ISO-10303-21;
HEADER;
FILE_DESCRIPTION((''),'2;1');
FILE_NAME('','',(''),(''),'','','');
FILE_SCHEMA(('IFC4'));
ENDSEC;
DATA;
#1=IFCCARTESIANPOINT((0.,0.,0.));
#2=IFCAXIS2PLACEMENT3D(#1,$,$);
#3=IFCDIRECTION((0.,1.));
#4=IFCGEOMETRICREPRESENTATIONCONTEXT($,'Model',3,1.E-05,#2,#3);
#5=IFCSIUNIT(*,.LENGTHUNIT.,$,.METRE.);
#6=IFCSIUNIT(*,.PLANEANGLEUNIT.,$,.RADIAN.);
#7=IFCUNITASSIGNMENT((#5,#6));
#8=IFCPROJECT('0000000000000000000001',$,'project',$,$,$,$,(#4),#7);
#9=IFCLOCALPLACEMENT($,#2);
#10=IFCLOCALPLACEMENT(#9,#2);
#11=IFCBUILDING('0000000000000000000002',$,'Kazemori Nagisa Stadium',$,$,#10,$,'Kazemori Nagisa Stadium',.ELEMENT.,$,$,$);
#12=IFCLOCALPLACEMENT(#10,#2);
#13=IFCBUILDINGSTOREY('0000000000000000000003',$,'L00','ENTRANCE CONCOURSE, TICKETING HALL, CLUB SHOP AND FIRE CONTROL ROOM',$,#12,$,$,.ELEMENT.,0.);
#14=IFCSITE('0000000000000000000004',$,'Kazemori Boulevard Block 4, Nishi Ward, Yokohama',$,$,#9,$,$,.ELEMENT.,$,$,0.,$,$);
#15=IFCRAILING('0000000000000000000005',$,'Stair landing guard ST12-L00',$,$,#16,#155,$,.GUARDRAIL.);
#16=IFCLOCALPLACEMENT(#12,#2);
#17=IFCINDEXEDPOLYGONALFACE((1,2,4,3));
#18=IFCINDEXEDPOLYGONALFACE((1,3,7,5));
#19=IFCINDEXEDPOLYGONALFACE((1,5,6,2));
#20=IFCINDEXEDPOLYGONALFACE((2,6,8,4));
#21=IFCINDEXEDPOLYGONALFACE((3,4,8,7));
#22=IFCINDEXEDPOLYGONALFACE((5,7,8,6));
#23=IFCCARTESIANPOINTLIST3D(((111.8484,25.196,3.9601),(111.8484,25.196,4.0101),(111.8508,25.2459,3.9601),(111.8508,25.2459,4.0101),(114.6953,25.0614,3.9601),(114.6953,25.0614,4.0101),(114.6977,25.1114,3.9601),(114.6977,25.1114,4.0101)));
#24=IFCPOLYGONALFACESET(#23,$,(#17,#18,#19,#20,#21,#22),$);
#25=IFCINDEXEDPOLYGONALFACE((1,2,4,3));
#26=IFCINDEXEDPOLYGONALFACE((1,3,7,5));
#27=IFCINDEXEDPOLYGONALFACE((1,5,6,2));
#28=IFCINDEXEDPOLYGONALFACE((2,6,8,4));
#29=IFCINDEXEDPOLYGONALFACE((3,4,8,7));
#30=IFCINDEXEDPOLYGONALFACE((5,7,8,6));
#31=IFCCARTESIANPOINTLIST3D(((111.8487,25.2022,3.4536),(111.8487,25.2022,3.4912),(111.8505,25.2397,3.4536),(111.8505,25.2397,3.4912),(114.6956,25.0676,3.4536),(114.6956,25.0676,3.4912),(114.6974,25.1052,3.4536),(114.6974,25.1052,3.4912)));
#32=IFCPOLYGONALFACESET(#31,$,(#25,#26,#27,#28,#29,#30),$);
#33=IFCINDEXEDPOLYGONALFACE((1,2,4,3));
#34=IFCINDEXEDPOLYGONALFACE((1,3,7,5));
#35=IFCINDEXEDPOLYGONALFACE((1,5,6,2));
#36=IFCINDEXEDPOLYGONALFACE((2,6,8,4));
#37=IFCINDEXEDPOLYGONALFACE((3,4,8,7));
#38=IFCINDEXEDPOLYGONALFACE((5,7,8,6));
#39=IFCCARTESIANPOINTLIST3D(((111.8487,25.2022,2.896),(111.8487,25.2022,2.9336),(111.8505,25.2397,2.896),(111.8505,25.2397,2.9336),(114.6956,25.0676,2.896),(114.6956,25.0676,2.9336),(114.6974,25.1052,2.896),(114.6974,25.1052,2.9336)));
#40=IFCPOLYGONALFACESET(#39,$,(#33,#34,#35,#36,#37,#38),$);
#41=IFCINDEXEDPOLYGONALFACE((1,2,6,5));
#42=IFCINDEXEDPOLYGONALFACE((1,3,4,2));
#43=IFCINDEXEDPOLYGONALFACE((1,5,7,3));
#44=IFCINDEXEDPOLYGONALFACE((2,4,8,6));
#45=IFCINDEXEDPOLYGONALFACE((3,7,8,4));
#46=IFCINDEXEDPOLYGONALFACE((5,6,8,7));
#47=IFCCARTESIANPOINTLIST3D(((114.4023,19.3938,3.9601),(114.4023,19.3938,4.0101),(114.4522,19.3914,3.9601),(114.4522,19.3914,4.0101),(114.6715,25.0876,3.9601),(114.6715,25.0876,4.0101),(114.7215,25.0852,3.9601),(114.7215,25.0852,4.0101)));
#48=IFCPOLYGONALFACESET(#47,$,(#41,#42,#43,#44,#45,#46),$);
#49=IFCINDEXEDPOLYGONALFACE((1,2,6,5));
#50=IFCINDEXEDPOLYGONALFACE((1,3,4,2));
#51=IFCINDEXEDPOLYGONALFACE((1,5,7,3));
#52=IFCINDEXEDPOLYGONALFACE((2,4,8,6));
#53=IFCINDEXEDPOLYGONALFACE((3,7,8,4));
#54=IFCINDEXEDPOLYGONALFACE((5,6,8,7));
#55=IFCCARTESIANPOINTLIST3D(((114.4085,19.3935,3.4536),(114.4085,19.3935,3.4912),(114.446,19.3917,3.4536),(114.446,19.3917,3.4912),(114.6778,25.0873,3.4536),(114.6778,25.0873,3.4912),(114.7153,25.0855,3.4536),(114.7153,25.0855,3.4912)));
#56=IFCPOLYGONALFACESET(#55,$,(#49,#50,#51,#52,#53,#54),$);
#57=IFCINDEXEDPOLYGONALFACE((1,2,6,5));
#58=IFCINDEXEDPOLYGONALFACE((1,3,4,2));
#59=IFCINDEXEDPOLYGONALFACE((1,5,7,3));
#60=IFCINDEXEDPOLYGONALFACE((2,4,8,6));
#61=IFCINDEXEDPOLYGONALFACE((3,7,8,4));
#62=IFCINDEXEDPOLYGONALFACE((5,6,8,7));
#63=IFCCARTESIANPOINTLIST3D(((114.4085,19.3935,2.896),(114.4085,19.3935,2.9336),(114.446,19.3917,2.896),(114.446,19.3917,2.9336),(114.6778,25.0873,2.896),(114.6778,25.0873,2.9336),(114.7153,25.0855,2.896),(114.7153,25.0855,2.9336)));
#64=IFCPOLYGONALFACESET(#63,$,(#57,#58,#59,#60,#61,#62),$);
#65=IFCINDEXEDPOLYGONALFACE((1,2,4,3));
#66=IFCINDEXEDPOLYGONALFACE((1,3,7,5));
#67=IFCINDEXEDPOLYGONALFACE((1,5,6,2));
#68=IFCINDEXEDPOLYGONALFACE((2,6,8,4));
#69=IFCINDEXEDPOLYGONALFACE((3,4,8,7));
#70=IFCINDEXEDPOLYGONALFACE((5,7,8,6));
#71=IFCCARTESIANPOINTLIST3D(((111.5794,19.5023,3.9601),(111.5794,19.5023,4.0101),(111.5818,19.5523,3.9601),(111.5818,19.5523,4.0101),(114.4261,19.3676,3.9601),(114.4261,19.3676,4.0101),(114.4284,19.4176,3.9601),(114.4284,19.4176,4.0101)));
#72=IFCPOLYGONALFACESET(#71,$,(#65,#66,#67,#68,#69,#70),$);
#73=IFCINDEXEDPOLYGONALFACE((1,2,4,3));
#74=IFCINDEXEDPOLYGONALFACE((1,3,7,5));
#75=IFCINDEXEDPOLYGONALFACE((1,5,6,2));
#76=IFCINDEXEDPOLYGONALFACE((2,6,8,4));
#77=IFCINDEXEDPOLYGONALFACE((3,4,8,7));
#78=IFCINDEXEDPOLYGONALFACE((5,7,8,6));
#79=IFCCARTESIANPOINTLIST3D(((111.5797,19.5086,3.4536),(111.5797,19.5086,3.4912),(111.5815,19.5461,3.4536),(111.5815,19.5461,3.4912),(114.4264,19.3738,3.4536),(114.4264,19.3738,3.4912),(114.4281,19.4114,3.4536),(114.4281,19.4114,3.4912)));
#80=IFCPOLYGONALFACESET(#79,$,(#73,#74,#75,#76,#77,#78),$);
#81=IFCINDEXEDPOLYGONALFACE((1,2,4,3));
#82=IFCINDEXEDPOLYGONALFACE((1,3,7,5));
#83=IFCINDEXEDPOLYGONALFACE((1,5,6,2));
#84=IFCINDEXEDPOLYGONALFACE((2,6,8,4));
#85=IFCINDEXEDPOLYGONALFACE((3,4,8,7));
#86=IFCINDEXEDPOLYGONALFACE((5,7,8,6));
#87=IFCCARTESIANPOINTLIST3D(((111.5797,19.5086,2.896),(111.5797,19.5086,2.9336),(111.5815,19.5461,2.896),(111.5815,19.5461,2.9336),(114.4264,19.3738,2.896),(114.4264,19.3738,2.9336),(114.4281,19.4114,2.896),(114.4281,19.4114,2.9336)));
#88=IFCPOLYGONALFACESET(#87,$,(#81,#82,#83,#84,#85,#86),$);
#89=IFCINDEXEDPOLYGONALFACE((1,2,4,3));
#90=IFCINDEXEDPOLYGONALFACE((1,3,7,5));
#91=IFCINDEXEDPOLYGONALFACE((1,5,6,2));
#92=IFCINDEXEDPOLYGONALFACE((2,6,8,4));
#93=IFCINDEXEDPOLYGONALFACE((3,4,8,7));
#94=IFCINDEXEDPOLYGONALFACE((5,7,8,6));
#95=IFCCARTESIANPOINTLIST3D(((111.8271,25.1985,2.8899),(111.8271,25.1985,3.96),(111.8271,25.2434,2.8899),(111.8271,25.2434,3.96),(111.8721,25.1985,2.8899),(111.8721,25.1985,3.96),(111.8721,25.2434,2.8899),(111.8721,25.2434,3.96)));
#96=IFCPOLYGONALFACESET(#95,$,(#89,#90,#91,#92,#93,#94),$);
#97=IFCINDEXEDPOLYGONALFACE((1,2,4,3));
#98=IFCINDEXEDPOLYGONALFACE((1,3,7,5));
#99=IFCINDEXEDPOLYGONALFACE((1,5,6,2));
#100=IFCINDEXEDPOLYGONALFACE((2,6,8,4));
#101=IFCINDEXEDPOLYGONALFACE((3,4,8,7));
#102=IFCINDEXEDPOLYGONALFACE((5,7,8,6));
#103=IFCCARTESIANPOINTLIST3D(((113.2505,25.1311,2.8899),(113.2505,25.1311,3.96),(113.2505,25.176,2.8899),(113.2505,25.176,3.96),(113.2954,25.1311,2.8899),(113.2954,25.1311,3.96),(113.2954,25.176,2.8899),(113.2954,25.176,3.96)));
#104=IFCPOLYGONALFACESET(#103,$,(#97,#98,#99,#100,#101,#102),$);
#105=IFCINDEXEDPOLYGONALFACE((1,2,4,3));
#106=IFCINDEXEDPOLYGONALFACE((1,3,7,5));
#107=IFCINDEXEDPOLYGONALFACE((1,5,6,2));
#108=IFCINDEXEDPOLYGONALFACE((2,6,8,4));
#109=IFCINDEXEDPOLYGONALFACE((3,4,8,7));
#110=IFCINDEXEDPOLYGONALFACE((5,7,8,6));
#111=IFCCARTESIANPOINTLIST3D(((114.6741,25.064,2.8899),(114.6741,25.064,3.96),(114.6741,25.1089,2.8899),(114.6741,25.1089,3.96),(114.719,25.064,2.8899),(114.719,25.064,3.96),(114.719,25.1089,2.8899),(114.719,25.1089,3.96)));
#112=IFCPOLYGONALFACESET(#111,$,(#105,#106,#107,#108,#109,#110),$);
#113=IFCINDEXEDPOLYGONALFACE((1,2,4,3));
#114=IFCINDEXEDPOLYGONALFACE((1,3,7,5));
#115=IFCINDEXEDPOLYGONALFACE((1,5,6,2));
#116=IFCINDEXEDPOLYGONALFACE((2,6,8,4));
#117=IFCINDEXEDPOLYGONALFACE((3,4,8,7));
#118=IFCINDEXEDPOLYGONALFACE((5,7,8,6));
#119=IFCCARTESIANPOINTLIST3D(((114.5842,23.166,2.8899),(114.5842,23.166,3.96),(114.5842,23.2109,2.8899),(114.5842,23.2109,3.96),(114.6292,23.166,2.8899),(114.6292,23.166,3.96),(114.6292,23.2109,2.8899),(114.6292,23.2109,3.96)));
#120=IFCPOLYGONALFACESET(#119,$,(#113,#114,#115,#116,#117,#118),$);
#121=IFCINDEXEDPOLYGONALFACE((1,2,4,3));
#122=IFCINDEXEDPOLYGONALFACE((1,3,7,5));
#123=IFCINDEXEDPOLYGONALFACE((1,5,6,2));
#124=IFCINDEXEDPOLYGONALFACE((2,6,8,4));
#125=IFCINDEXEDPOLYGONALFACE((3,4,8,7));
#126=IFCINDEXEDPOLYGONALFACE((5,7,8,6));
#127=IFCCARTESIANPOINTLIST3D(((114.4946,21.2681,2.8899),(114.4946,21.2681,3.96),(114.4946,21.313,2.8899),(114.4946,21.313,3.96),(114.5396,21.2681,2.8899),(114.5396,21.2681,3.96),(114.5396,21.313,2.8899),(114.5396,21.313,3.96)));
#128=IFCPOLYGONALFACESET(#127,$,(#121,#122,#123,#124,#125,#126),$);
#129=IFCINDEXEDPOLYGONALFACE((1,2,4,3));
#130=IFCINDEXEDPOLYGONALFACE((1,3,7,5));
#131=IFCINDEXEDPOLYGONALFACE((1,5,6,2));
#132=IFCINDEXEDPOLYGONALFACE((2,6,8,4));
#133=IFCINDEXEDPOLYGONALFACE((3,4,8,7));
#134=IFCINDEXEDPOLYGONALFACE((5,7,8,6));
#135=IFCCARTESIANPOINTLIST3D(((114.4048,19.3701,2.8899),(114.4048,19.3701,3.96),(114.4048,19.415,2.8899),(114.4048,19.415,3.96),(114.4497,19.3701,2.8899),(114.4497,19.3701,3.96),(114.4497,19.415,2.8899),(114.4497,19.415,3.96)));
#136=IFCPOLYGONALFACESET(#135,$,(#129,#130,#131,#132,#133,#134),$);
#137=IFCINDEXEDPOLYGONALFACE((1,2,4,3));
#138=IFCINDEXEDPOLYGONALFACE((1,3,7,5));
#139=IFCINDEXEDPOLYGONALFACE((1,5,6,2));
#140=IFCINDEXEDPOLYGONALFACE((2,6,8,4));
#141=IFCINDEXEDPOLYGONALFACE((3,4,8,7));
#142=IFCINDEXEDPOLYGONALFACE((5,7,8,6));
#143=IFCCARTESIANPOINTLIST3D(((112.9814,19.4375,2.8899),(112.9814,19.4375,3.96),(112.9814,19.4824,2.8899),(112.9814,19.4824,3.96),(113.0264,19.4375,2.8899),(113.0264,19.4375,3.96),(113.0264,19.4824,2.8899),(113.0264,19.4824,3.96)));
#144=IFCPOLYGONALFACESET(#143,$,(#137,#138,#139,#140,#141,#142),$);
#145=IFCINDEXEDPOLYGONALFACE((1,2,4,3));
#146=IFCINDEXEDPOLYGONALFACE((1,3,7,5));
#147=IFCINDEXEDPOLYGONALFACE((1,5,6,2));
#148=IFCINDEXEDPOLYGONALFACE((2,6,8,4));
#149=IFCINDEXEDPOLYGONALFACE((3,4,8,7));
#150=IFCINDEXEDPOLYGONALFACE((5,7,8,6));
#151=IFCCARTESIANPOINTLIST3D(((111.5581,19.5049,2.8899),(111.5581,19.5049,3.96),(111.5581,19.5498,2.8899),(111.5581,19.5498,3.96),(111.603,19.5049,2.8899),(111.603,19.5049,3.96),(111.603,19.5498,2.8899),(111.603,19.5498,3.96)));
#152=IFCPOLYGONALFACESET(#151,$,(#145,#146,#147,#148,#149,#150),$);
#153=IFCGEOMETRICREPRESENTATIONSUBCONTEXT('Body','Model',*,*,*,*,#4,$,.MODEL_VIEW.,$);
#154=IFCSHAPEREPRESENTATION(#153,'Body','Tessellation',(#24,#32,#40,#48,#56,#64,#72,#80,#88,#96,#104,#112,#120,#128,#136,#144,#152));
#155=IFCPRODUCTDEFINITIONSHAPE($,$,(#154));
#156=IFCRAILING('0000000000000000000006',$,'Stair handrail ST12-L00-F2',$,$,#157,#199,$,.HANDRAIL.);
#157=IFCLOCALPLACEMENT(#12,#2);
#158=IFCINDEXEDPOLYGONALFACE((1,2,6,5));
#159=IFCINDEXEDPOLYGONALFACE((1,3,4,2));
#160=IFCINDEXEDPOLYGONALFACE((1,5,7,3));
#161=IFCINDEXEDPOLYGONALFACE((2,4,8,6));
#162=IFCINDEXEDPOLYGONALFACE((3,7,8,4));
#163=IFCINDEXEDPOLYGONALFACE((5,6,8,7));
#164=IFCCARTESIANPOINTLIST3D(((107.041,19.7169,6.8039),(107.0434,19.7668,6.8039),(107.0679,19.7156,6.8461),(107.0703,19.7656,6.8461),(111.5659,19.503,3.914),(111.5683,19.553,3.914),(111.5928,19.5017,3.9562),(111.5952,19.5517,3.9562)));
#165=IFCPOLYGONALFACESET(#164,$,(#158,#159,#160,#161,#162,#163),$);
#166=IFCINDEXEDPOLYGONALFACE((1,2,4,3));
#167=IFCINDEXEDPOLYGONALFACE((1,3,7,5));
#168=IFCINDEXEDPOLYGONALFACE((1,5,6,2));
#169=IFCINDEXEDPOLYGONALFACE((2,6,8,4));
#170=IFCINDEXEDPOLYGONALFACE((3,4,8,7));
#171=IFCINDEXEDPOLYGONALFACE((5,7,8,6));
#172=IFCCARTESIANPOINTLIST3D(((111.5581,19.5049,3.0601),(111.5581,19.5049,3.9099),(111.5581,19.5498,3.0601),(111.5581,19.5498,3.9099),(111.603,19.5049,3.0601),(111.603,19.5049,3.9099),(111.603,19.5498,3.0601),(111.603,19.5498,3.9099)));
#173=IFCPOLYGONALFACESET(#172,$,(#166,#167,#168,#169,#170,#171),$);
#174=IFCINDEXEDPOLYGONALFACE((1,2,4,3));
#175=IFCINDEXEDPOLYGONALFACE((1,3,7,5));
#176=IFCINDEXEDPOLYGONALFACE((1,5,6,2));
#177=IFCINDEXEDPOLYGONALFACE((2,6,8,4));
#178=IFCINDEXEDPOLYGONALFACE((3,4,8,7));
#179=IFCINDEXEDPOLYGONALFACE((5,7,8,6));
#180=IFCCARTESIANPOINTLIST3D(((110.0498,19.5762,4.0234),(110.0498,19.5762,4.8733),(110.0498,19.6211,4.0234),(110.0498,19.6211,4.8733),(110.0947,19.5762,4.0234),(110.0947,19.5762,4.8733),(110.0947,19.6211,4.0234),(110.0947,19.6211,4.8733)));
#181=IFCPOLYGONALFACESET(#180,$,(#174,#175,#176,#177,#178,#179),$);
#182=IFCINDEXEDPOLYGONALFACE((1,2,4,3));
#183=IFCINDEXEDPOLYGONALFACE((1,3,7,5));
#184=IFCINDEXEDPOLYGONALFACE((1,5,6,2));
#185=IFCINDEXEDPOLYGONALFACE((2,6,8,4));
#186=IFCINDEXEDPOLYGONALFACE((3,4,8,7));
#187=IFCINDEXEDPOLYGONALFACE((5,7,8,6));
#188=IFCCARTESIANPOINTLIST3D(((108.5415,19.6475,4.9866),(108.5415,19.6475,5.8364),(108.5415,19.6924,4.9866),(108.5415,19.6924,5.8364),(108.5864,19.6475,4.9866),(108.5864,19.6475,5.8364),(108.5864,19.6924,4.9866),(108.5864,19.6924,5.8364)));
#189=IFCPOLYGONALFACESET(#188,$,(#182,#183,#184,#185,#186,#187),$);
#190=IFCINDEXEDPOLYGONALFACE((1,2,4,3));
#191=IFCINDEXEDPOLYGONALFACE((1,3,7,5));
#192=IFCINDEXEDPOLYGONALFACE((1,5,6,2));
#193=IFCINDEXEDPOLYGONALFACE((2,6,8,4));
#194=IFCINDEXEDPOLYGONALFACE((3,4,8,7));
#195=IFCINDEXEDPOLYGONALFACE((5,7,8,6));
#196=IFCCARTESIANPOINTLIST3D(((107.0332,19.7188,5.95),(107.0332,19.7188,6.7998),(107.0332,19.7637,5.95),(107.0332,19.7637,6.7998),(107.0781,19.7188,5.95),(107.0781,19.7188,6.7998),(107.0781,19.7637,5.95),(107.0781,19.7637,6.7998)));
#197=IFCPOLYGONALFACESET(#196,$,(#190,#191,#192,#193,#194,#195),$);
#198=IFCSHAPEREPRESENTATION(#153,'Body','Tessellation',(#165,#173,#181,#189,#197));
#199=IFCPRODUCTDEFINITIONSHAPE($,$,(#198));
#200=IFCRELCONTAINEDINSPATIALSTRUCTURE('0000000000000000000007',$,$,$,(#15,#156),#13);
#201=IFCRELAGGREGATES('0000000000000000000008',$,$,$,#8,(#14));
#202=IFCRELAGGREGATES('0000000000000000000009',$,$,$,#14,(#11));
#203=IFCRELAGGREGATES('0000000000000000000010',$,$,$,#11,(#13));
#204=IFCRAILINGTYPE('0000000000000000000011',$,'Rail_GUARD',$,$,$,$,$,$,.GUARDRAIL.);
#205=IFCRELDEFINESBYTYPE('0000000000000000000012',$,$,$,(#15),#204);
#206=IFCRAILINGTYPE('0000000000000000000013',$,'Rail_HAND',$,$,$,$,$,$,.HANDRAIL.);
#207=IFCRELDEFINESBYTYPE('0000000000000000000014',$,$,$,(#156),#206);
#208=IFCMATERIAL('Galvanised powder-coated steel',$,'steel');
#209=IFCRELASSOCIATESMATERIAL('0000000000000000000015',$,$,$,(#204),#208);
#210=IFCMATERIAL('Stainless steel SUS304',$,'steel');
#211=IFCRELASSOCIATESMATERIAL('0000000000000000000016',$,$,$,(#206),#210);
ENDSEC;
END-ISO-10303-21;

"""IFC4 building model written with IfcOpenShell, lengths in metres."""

from ifc_helpers import new_model, si_unit, direction, frame, origin, origin_2d, place, context, subcontext, project, spatial, rectangle, extrude, material, type_object, element, save


model = new_model("IFC4")

# Units and contexts
model_context = context("Model", 3, precision=1e-05, world=origin(), true_north=direction((0.0, 1.0)))
body_context = subcontext(model_context, "Body", "Model", "MODEL_VIEW")
ifc_project = project(units=[si_unit("LENGTHUNIT", "METRE"), si_unit("PLANEANGLEUNIT", "RADIAN")], contexts=[model_context])

# Site, building, storey
site_placement = place(None, origin())
site = spatial("IfcSite", under=ifc_project, at=site_placement, Name="Kazemori Boulevard Block 4, Nishi Ward, Yokohama", CompositionType="ELEMENT", RefElevation=0.0)
building_placement = place(site_placement, origin())
building = spatial("IfcBuilding", under=site, at=building_placement, Name="Kazemori Nagisa Stadium", LongName="Kazemori Nagisa Stadium", CompositionType="ELEMENT")
storey_placement = place(building_placement, origin())
storey = spatial("IfcBuildingStorey", under=building, at=storey_placement, Name="L00", Description="ENTRANCE CONCOURSE, TICKETING HALL, CLUB SHOP AND FIRE CONTROL ROOM", CompositionType="ELEMENT", Elevation=0.0)

# Shared definitions
ifc_material_1 = material(Name="Stainless steel SUS304", Category="steel")

# Railings
ifc_material_2 = material(Name="Galvanised powder-coated steel", Category="steel")
railing_type_1 = type_object("IfcRailingType", Name="Rail_GUARD", PredefinedType="GUARDRAIL", material=ifc_material_2)
railing_1_placement = place(storey_placement, frame((111.8496, 25.2209, 2.8899)))
element("IfcRailing", 1, at=railing_1_placement, inside=storey, type_object=railing_type_1, Name="Stair landing guard ST12-L00", PredefinedType="GUARDRAIL", context=body_context, shape_type="SweptSolid", body=[
    extrude(rectangle(XDim=0.05, YDim=0.05, at=origin_2d()), frame((0.0, 0.0, 1.0952), z_axis=(0.998886, -0.047199, 0.0), x_axis=(0.047199, 0.998886, 0.0)), (0.0, 0.0, 1.0), 2.8501),
    extrude(rectangle(XDim=0.0376, YDim=0.0376, at=origin_2d()), frame((0.0, 0.0, 0.5825), z_axis=(0.998886, -0.047199, 0.0), x_axis=(0.047199, 0.998886, 0.0)), (0.0, 0.0, 1.0), 2.8501),
    extrude(rectangle(XDim=0.0376, YDim=0.0376, at=origin_2d()), frame((0.0, 0.0, 0.0249), z_axis=(0.998886, -0.047199, 0.0), x_axis=(0.047199, 0.998886, 0.0)), (0.0, 0.0, 1.0), 2.8501),
    extrude(rectangle(XDim=0.05, YDim=0.05, at=origin_2d()), frame((2.8469, -0.1345, 1.0952), z_axis=(-0.047242, -0.998883, 0.0), x_axis=(0.998883, -0.047242, 0.0)), (0.0, 0.0, 1.0), 5.7002),
    extrude(rectangle(XDim=0.0376, YDim=0.0376, at=origin_2d()), frame((2.8469, -0.1345, 0.5825), z_axis=(-0.047242, -0.998883, 0.0), x_axis=(0.998883, -0.047242, 0.0)), (0.0, 0.0, 1.0), 5.7002),
    extrude(rectangle(XDim=0.0376, YDim=0.0376, at=origin_2d()), frame((2.8469, -0.1345, 0.0249), z_axis=(-0.047242, -0.998883, 0.0), x_axis=(0.998883, -0.047242, 0.0)), (0.0, 0.0, 1.0), 5.7002),
    extrude(rectangle(XDim=0.05, YDim=0.05, at=origin_2d()), frame((2.5776, -5.8284, 1.0952), z_axis=(-0.998881, 0.047288, 0.0), x_axis=(-0.047288, -0.998881, 0.0)), (0.0, 0.0, 1.0), 2.8499),
    extrude(rectangle(XDim=0.0376, YDim=0.0376, at=origin_2d()), frame((2.5776, -5.8284, 0.5825), z_axis=(-0.998881, 0.047288, 0.0), x_axis=(-0.047288, -0.998881, 0.0)), (0.0, 0.0, 1.0), 2.8499),
    extrude(rectangle(XDim=0.0376, YDim=0.0376, at=origin_2d()), frame((2.5776, -5.8284, 0.0249), z_axis=(-0.998881, 0.047288, 0.0), x_axis=(-0.047288, -0.998881, 0.0)), (0.0, 0.0, 1.0), 2.8499),
    extrude(rectangle(XDim=0.0449, YDim=0.0449, at=origin_2d()), origin(), (0.0, 0.0, 1.0), 1.0701),
    extrude(rectangle(XDim=0.0449, YDim=0.0449, at=origin_2d()), frame((1.4233, -0.0674, 0.0)), (0.0, 0.0, 1.0), 1.0701),
    extrude(rectangle(XDim=0.0449, YDim=0.0449, at=origin_2d()), frame((2.8469, -0.1345, 0.0)), (0.0, 0.0, 1.0), 1.0701),
    extrude(rectangle(XDim=0.0449, YDim=0.0449, at=origin_2d()), frame((2.7571, -2.0325, 0.0)), (0.0, 0.0, 1.0), 1.0701),
    extrude(rectangle(XDim=0.0449, YDim=0.0449, at=origin_2d()), frame((2.6675, -3.9304, 0.0)), (0.0, 0.0, 1.0), 1.0701),
    extrude(rectangle(XDim=0.0449, YDim=0.0449, at=origin_2d()), frame((2.5776, -5.8284, 0.0)), (0.0, 0.0, 1.0), 1.0701),
    extrude(rectangle(XDim=0.0449, YDim=0.0449, at=origin_2d()), frame((1.1543, -5.761, 0.0)), (0.0, 0.0, 1.0), 1.0701),
    extrude(rectangle(XDim=0.0449, YDim=0.0449, at=origin_2d()), frame((-0.269, -5.6936, 0.0)), (0.0, 0.0, 1.0), 1.0701),
])
railing_type_2 = type_object("IfcRailingType", Name="Rail_HAND", PredefinedType="HANDRAIL", material=ifc_material_1)
railing_2_placement = place(storey_placement, frame((111.5806, 19.5273, 3.0601)))
element("IfcRailing", 2, at=railing_2_placement, inside=storey, type_object=railing_type_2, Name="Stair handrail ST12-L00-F2", PredefinedType="HANDRAIL", context=body_context, shape_type="SweptSolid", body=[
    extrude(rectangle(XDim=0.05, YDim=0.05, at=origin_2d()), frame((0.0, 0.0, 0.875), z_axis=(-0.842114, 0.039802, 0.537828), x_axis=(-0.047212, -0.998885, 0.0)), (0.0, 0.0, 1.0), 5.3733),
    extrude(rectangle(XDim=0.0449, YDim=0.0449, at=origin_2d()), origin(), (0.0, 0.0, 1.0), 0.8499),
    extrude(rectangle(XDim=0.0449, YDim=0.0449, at=origin_2d()), frame((-1.5083, 0.0713, 0.9634)), (0.0, 0.0, 1.0), 0.8499),
    extrude(rectangle(XDim=0.0449, YDim=0.0449, at=origin_2d()), frame((-3.0166, 0.1426, 1.9265)), (0.0, 0.0, 1.0), 0.8499),
    extrude(rectangle(XDim=0.0449, YDim=0.0449, at=origin_2d()), frame((-4.5249, 0.2139, 2.8899)), (0.0, 0.0, 1.0), 0.8499),
])

save(model, "model.ifc")
